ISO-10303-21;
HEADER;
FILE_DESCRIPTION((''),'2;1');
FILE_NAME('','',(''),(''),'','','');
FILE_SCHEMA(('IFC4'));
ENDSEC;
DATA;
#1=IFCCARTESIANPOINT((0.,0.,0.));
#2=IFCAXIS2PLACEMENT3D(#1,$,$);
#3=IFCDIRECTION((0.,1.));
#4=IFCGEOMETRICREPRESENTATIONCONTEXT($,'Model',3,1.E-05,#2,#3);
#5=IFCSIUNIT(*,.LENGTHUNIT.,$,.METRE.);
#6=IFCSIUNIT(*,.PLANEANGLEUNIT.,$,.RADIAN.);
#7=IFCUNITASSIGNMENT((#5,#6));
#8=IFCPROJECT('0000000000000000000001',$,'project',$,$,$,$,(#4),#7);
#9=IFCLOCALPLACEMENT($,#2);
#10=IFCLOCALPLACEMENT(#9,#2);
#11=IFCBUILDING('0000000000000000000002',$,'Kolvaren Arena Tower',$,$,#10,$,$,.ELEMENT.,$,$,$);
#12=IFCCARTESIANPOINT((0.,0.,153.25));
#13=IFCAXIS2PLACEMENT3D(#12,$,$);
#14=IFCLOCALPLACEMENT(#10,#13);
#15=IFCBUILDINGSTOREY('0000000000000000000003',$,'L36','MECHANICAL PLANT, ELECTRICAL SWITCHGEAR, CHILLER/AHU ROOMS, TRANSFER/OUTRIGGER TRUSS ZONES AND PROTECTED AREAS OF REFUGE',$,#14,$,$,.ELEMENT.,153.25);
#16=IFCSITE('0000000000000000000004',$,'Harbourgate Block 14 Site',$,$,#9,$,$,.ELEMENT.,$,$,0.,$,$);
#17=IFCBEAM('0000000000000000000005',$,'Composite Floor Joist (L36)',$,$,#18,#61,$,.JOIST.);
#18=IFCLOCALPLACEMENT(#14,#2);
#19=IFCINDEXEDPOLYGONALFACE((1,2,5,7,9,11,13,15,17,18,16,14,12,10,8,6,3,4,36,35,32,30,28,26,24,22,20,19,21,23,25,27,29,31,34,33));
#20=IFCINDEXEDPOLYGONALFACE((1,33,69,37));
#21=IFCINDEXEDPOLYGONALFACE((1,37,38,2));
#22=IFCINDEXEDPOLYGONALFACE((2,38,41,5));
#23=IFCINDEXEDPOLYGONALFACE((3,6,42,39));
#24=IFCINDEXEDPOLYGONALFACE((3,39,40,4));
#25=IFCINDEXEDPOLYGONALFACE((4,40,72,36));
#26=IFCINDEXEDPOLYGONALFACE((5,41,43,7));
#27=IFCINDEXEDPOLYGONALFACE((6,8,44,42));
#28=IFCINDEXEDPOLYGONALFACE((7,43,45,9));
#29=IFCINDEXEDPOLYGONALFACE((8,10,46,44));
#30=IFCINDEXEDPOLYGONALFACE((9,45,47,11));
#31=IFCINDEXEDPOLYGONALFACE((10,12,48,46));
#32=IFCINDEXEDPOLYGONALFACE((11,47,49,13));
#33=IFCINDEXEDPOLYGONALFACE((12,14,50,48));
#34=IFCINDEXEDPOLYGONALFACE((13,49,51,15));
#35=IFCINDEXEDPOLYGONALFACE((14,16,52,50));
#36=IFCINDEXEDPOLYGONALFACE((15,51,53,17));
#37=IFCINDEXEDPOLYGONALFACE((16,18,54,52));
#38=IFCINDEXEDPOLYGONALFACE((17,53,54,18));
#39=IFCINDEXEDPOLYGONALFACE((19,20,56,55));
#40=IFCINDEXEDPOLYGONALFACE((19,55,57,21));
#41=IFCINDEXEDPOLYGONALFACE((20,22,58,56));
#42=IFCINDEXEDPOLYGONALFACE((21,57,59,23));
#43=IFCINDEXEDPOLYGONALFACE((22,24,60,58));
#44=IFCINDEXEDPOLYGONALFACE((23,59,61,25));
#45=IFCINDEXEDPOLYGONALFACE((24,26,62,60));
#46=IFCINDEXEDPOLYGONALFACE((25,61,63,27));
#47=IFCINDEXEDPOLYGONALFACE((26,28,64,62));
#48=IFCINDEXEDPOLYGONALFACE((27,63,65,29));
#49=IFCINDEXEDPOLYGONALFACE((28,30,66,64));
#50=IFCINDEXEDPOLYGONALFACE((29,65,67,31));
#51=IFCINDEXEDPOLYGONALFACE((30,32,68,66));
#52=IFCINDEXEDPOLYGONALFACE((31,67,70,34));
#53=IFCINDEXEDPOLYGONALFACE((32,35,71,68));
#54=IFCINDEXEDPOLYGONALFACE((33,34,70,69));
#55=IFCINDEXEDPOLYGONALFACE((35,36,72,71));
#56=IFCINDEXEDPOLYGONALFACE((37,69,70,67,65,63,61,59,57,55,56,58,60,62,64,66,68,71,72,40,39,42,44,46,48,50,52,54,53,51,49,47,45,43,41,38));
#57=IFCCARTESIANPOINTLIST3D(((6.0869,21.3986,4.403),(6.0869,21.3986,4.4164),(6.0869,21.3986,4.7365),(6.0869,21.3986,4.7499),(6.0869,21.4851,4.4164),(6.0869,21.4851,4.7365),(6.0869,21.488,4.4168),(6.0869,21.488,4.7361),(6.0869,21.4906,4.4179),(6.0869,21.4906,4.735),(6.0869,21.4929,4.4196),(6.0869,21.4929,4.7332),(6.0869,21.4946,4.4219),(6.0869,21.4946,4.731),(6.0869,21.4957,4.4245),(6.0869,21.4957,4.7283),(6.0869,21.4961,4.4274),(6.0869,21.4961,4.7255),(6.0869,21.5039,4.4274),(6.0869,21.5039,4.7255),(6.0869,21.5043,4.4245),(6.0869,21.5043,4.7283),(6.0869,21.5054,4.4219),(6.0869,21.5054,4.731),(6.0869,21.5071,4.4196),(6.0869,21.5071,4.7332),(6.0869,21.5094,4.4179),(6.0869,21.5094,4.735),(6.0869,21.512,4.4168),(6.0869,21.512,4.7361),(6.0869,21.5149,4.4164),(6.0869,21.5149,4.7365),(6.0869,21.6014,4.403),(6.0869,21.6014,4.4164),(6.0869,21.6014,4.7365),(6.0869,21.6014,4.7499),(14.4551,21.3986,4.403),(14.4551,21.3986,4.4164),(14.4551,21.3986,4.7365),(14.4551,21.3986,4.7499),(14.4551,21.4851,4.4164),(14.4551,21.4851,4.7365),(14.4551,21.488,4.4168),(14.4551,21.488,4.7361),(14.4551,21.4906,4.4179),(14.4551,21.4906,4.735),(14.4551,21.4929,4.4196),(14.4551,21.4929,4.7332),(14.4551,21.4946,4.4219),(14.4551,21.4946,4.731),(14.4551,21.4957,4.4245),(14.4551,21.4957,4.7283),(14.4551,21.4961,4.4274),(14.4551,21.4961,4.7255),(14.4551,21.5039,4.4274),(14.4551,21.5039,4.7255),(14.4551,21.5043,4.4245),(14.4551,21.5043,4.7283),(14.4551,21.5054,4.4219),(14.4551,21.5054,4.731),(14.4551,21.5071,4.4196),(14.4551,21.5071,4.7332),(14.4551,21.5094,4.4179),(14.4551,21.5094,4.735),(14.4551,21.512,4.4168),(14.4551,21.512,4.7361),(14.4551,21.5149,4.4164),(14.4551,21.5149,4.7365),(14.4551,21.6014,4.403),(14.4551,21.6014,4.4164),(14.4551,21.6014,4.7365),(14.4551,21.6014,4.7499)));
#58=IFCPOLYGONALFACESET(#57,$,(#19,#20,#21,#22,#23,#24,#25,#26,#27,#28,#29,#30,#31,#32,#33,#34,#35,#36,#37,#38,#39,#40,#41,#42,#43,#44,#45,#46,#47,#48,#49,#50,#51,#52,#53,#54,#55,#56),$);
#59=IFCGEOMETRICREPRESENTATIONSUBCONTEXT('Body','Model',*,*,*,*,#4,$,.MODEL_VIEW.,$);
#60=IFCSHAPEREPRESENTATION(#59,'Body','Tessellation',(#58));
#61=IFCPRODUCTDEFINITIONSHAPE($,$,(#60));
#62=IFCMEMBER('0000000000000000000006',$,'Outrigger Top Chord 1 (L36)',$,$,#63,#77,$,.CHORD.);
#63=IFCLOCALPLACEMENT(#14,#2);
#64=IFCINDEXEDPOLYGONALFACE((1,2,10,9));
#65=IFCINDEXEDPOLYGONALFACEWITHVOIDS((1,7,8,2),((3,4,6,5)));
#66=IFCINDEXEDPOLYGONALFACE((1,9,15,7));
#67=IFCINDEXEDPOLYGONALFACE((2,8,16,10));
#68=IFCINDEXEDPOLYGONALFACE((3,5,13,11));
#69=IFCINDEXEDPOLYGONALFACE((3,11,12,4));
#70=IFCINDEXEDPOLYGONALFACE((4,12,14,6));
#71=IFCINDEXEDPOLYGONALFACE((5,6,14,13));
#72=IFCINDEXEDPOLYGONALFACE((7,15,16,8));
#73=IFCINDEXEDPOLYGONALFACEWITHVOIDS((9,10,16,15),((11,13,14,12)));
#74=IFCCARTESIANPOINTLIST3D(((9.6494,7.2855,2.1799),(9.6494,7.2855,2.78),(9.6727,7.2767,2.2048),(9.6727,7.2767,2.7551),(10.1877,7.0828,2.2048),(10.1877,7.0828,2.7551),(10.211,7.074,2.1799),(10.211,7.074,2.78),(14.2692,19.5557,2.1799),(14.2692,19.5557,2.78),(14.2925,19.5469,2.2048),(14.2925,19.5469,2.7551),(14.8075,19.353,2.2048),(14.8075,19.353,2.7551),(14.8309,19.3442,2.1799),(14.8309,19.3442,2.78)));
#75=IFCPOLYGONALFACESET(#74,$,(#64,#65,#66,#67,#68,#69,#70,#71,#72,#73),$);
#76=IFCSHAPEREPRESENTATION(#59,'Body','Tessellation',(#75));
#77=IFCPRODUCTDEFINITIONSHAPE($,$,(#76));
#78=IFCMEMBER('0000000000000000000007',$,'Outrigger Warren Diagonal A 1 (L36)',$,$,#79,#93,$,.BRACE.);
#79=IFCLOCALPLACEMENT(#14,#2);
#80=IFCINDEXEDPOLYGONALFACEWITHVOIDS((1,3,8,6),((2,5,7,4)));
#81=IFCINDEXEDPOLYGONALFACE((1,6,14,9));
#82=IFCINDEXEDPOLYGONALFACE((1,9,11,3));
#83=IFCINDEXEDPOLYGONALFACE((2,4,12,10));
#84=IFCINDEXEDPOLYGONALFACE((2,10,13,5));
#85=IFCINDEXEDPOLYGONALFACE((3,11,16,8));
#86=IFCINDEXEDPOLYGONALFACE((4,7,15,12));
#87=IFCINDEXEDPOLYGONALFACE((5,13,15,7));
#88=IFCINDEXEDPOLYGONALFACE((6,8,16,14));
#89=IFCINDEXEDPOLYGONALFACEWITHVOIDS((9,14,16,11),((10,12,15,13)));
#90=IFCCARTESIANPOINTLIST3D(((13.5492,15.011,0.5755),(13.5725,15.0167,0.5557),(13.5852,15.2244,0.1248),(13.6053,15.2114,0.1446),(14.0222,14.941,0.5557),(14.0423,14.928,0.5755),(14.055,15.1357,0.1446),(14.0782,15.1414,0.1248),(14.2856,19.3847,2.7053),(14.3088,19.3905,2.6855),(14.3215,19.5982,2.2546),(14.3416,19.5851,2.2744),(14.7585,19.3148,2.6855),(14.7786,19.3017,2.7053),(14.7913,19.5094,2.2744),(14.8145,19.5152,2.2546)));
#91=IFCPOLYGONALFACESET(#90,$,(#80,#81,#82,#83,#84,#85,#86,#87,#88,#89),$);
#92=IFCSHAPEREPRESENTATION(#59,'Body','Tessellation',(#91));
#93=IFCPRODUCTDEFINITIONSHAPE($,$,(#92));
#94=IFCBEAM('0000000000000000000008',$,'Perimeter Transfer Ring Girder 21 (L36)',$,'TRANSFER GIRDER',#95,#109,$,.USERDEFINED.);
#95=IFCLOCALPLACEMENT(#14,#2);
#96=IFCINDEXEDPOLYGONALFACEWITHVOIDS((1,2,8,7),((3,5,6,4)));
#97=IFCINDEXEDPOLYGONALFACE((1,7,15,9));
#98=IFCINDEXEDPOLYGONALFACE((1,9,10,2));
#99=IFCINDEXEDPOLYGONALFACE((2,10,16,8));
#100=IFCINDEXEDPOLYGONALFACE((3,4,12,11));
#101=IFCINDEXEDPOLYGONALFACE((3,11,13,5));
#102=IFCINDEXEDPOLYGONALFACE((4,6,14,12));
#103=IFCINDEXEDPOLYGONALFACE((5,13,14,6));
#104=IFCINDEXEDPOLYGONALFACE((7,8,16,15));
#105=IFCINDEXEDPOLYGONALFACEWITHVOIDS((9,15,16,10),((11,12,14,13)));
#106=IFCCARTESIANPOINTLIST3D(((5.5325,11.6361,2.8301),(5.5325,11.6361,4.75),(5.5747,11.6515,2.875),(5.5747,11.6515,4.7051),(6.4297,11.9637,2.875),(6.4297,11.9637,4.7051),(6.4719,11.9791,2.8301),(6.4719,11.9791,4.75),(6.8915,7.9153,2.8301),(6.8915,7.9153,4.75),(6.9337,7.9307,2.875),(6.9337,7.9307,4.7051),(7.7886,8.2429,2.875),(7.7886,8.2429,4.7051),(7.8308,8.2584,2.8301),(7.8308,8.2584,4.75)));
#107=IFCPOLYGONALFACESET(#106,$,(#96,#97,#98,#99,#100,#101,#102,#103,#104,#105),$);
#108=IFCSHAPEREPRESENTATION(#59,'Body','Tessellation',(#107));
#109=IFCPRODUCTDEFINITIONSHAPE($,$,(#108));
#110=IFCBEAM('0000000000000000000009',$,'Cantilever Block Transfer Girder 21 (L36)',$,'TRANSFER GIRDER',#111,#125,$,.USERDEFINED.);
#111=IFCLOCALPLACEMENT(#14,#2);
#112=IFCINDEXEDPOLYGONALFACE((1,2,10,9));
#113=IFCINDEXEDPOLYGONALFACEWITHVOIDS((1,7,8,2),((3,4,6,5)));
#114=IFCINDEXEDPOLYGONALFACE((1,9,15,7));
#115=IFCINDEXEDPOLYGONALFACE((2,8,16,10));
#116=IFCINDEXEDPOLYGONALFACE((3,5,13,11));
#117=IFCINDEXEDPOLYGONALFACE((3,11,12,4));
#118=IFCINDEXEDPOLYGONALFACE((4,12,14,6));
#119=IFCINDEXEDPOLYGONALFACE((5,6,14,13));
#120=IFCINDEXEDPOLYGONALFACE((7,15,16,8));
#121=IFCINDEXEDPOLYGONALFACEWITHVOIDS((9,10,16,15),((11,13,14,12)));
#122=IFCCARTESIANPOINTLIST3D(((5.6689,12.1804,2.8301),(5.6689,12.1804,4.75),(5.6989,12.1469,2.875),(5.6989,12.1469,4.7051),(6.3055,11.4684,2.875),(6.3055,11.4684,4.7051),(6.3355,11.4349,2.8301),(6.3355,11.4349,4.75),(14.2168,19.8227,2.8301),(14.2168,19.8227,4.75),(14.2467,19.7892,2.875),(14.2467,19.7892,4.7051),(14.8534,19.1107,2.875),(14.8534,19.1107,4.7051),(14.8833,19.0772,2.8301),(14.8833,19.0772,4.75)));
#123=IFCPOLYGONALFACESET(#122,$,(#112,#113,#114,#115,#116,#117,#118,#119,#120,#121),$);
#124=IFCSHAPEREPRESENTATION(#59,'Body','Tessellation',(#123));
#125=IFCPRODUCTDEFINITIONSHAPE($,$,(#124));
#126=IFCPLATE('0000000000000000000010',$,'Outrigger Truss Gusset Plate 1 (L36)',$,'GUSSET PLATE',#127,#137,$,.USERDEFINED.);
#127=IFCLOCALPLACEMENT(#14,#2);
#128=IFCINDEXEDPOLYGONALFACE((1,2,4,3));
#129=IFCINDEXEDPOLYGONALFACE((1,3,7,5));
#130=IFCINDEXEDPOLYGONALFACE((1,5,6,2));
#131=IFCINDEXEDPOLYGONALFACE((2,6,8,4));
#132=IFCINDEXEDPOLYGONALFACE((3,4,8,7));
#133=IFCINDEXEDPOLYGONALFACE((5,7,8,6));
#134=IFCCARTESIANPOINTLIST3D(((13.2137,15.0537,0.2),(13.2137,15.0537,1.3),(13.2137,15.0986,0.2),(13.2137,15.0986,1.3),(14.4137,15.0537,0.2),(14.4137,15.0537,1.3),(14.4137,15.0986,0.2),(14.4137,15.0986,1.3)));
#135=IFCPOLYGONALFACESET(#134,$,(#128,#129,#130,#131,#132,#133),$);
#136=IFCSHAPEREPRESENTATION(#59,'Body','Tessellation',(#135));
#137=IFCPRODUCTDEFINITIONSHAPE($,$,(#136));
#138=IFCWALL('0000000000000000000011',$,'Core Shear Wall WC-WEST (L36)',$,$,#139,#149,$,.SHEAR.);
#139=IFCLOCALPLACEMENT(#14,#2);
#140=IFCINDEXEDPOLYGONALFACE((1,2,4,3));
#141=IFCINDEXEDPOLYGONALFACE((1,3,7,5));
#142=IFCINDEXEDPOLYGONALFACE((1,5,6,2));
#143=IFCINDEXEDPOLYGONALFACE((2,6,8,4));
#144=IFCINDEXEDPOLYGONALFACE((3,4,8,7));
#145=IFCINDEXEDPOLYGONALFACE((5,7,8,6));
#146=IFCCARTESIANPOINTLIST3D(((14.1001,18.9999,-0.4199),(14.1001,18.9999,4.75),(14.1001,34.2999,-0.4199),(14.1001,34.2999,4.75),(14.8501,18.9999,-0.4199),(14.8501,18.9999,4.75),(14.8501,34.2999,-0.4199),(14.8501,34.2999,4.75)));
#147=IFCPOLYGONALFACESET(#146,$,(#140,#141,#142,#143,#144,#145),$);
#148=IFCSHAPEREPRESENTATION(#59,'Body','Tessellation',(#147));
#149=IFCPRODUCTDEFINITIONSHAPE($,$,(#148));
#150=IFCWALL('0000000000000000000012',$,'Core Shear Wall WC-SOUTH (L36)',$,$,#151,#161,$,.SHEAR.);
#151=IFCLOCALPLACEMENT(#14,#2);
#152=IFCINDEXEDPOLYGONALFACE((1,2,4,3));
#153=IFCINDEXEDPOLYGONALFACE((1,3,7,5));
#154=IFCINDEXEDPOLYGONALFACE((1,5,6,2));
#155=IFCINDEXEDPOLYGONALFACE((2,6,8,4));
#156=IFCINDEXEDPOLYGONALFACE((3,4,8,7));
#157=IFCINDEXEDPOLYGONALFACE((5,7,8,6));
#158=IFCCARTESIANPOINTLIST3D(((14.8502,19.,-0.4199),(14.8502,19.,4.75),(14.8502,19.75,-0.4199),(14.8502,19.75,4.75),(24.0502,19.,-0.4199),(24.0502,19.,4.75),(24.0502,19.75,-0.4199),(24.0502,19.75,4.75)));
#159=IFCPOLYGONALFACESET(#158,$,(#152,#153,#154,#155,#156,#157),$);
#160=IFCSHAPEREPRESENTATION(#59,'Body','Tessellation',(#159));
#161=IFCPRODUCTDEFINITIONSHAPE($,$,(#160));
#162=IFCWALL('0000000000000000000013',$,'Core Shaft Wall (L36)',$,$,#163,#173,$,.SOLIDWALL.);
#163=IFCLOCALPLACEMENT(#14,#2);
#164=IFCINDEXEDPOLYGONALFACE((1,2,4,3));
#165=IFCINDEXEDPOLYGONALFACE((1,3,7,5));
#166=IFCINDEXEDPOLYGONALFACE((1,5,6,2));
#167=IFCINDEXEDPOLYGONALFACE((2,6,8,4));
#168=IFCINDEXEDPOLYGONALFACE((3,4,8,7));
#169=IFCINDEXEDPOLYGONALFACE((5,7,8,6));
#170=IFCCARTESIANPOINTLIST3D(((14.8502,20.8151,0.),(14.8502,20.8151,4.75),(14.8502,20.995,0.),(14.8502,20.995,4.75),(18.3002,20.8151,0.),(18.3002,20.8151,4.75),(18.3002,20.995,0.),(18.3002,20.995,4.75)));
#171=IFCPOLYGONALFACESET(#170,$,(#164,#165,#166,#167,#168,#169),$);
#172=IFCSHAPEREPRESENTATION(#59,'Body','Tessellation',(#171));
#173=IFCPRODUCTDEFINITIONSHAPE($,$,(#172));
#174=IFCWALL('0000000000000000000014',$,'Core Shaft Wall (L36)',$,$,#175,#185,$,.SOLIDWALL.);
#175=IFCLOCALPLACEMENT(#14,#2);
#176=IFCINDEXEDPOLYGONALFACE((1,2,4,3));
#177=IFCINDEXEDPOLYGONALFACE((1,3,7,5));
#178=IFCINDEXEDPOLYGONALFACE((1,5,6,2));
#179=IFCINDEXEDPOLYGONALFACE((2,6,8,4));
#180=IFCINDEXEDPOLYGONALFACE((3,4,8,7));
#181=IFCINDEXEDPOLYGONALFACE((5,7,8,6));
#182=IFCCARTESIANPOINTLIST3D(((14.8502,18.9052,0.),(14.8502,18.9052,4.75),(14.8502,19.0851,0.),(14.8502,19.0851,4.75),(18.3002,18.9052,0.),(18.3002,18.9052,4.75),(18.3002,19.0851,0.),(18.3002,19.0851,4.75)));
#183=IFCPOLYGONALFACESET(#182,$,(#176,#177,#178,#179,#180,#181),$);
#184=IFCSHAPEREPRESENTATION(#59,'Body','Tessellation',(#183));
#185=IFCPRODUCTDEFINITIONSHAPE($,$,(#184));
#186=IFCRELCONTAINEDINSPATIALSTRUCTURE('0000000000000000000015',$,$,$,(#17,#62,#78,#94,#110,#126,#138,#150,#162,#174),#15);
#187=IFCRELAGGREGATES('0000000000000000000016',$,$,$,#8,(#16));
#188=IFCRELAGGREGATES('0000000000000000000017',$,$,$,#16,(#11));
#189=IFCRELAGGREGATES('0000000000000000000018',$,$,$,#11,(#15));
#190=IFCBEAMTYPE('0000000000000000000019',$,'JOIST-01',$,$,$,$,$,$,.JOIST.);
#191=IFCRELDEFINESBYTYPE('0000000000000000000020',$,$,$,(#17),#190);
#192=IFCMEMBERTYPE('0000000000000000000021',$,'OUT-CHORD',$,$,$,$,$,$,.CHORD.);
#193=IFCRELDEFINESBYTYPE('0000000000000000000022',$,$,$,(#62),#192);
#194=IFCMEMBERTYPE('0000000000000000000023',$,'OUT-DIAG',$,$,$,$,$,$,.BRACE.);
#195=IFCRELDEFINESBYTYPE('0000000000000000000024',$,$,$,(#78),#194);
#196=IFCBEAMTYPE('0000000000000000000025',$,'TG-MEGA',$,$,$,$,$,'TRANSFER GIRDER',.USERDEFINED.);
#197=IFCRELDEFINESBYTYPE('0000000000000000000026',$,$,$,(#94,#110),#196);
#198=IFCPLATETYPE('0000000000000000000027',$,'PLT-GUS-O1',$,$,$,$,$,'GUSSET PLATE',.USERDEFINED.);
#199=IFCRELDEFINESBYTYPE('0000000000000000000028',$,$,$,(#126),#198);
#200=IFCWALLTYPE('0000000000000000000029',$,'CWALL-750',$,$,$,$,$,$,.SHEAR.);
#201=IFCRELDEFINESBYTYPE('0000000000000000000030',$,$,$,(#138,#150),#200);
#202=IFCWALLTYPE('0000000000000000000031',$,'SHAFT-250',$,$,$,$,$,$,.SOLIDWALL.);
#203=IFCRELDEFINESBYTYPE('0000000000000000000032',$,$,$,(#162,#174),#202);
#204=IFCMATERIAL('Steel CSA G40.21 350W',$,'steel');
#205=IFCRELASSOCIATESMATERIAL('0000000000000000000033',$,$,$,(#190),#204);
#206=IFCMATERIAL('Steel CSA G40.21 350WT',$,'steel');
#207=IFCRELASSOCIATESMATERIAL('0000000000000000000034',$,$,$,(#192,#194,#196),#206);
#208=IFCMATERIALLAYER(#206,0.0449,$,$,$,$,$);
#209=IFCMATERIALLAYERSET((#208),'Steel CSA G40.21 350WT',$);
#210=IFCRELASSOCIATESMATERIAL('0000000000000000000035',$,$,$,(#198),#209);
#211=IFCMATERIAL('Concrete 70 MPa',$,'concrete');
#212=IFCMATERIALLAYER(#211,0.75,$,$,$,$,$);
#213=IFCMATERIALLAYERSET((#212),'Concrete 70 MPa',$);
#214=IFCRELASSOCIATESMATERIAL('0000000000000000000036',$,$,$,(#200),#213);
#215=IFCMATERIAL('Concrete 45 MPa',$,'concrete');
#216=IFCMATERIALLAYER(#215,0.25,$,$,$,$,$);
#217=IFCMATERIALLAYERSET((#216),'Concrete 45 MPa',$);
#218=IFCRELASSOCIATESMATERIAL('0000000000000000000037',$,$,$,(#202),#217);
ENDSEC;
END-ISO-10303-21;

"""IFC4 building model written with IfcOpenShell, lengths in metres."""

from ifc_helpers import new_model, si_unit, direction, frame, frame_2d, origin, origin_2d, place, context, subcontext, project, spatial, rectangle, hollow_rectangle, i_section, extrude, material, layer, layer_set, material_profile, profile_set, type_object, element, save


model = new_model("IFC4")

# Units and contexts
model_context = context("Model", 3, precision=1e-05, world=origin(), true_north=direction((0.0, 1.0)))
body_context = subcontext(model_context, "Body", "Model", "MODEL_VIEW")
ifc_project = project(units=[si_unit("LENGTHUNIT", "METRE"), si_unit("PLANEANGLEUNIT", "RADIAN")], contexts=[model_context])

# Site, building, storey
site_placement = place(None, origin())
site = spatial("IfcSite", under=ifc_project, at=site_placement, Name="Harbourgate Block 14 Site", CompositionType="ELEMENT", RefElevation=0.0)
building_placement = place(site_placement, origin())
building = spatial("IfcBuilding", under=site, at=building_placement, Name="Kolvaren Arena Tower", CompositionType="ELEMENT")
storey_placement = place(building_placement, frame((0.0, 0.0, 153.25)))
storey = spatial("IfcBuildingStorey", under=building, at=storey_placement, Name="L36", Description="MECHANICAL PLANT, ELECTRICAL SWITCHGEAR, CHILLER/AHU ROOMS, TRANSFER/OUTRIGGER TRUSS ZONES AND PROTECTED AREAS OF REFUGE", CompositionType="ELEMENT", Elevation=153.25)

# Shared definitions
ifc_material_1 = material(Name="Steel CSA G40.21 350WT", Category="steel")

# Beam
ifc_material_2 = material(Name="Steel CSA G40.21 350W", Category="steel")
ifc_material_profile_1 = material_profile(ifc_material_2, i_section(OverallWidth=0.2029, OverallDepth=0.3469, WebThickness=0.0078, FlangeThickness=0.0134, FilletRadius=0.011, at=origin_2d()), Name="W360x64")
ifc_profile_set_1 = profile_set([ifc_material_profile_1], Name="Steel CSA G40.21 350W")
beam_type_1 = type_object("IfcBeamType", Name="JOIST-01", PredefinedType="JOIST", material=ifc_profile_set_1)
beam_1_placement = place(storey_placement, frame((6.0869, 21.5, 4.5764), z_axis=(1.0, 0.0, 0.0), x_axis=(0.0, 1.0, 0.0)))
element("IfcBeam", 1, at=beam_1_placement, inside=storey, type_object=beam_type_1, Name="Composite Floor Joist (L36)", PredefinedType="JOIST", context=body_context, shape_type="SweptSolid", body=[
    extrude(i_section(OverallWidth=0.2029, OverallDepth=0.3469, WebThickness=0.0078, FlangeThickness=0.0134, FilletRadius=0.011, at=origin_2d()), origin(), (0.0, 0.0, 1.0), 8.3682),
])

# Members
ifc_material_profile_2 = material_profile(ifc_material_1, hollow_rectangle(XDim=0.6001, YDim=0.6001, WallThickness=0.0249, at=origin_2d()), Name="HSS 600x600x25")
ifc_profile_set_2 = profile_set([ifc_material_profile_2], Name="Steel CSA G40.21 350WT")
member_type_1 = type_object("IfcMemberType", Name="OUT-CHORD", PredefinedType="CHORD", material=ifc_profile_set_2)
member_1_placement = place(storey_placement, frame((14.55, 19.45, 2.48), z_axis=(-0.352362, -0.935864, 0.0), x_axis=(0.935864, -0.352362, 0.0)))
element("IfcMember", 2, at=member_1_placement, inside=storey, type_object=member_type_1, Name="Outrigger Top Chord 1 (L36)", PredefinedType="CHORD", context=body_context, shape_type="SweptSolid", body=[
    extrude(hollow_rectangle(XDim=0.6001, YDim=0.6001, WallThickness=0.0249, at=origin_2d()), origin(), (0.0, 0.0, 1.0), 13.1111),
])
ifc_material_profile_3 = material_profile(ifc_material_1, hollow_rectangle(XDim=0.5, YDim=0.5, WallThickness=0.022, at=origin_2d()), Name="HSS 500x500x22")
ifc_profile_set_3 = profile_set([ifc_material_profile_3], Name="Steel CSA G40.21 350WT")
member_type_2 = type_object("IfcMemberType", Name="OUT-DIAG", PredefinedType="BRACE", material=ifc_profile_set_3)
member_2_placement = place(storey_placement, frame((14.55, 19.45, 2.48), z_axis=(-0.149654, -0.888941, -0.432884), x_axis=(0.986123, -0.166014, 0.0)))
element("IfcMember", 3, at=member_2_placement, inside=storey, type_object=member_type_2, Name="Outrigger Warren Diagonal A 1 (L36)", PredefinedType="BRACE", context=body_context, shape_type="SweptSolid", body=[
    extrude(hollow_rectangle(XDim=0.5, YDim=0.5, WallThickness=0.022, at=origin_2d()), origin(), (0.0, 0.0, 1.0), 4.9202),
])

# Beams
ifc_material_profile_4 = material_profile(ifc_material_1, hollow_rectangle(XDim=1.0, YDim=1.9199, WallThickness=0.0449, at=origin_2d()), Name="BOX 1000x1920x45")
ifc_profile_set_4 = profile_set([ifc_material_profile_4], Name="Steel CSA G40.21 350WT")
beam_type_2 = type_object("IfcBeamType", Name="TG-MEGA", ElementType="TRANSFER GIRDER", PredefinedType="USERDEFINED", material=ifc_profile_set_4)
beam_2_placement = place(storey_placement, frame((6.0022, 11.8076, 3.79), z_axis=(0.343059, -0.939314, 0.0), x_axis=(0.939314, 0.343059, 0.0)))
element("IfcBeam", 4, at=beam_2_placement, inside=storey, type_object=beam_type_2, Name="Perimeter Transfer Ring Girder 21 (L36)", ObjectType="TRANSFER GIRDER", PredefinedType="USERDEFINED", context=body_context, shape_type="SweptSolid", body=[
    extrude(hollow_rectangle(XDim=1.0, YDim=1.9199, WallThickness=0.0449, at=origin_2d()), origin(), (0.0, 0.0, 1.0), 3.9612),
])
beam_3_placement = place(storey_placement, frame((6.0022, 11.8076, 3.79), z_axis=(0.74549, 0.666517, 0.0), x_axis=(-0.666517, 0.74549, 0.0)))
element("IfcBeam", 5, at=beam_3_placement, inside=storey, type_object=beam_type_2, Name="Cantilever Block Transfer Girder 21 (L36)", ObjectType="TRANSFER GIRDER", PredefinedType="USERDEFINED", context=body_context, shape_type="SweptSolid", body=[
    extrude(hollow_rectangle(XDim=1.0, YDim=1.9199, WallThickness=0.0449, at=origin_2d()), origin(), (0.0, 0.0, 1.0), 11.4661),
])

# Plate
ifc_layer_1 = layer(ifc_material_1, 0.0449)
ifc_layer_set_1 = layer_set([ifc_layer_1], Name="Steel CSA G40.21 350WT")
plate_type = type_object("IfcPlateType", Name="PLT-GUS-O1", ElementType="GUSSET PLATE", PredefinedType="USERDEFINED", material=ifc_layer_set_1)
plate_placement = place(storey_placement, frame((13.8137, 15.0762, 0.2), z_axis=(0.0, 0.0, 1.0), x_axis=(1.0, 0.0, 0.0)))
element("IfcPlate", 6, at=plate_placement, inside=storey, type_object=plate_type, Name="Outrigger Truss Gusset Plate 1 (L36)", ObjectType="GUSSET PLATE", PredefinedType="USERDEFINED", context=body_context, shape_type="SweptSolid", body=[
    extrude(rectangle(XDim=1.2, YDim=0.0449, at=origin_2d()), origin(), (0.0, 0.0, 1.0), 1.1001),
])

# Walls
ifc_material_3 = material(Name="Concrete 70 MPa", Category="concrete")
ifc_layer_2 = layer(ifc_material_3, 0.75)
ifc_layer_set_2 = layer_set([ifc_layer_2], Name="Concrete 70 MPa")
wall_type_1 = type_object("IfcWallType", Name="CWALL-750", PredefinedType="SHEAR", material=ifc_layer_set_2)
wall_1_placement = place(storey_placement, frame((14.4751, 19.0, -0.4199), z_axis=(0.0, 0.0, 1.0), x_axis=(0.0, 1.0, 0.0)))
element("IfcWall", 7, at=wall_1_placement, inside=storey, type_object=wall_type_1, Name="Core Shear Wall WC-WEST (L36)", PredefinedType="SHEAR", context=body_context, shape_type="SweptSolid", body=[
    extrude(rectangle(XDim=15.3, YDim=0.75, at=frame_2d((7.6499, 0.0))), origin(), (0.0, 0.0, 1.0), 5.1699),
])
wall_2_placement = place(storey_placement, frame((14.8501, 19.375, -0.4199), z_axis=(0.0, 0.0, 1.0), x_axis=(1.0, 0.0, 0.0)))
element("IfcWall", 8, at=wall_2_placement, inside=storey, type_object=wall_type_1, Name="Core Shear Wall WC-SOUTH (L36)", PredefinedType="SHEAR", context=body_context, shape_type="SweptSolid", body=[
    extrude(rectangle(XDim=9.2, YDim=0.75, at=frame_2d((4.6001, 0.0))), origin(), (0.0, 0.0, 1.0), 5.1699),
])
ifc_material_4 = material(Name="Concrete 45 MPa", Category="concrete")
ifc_layer_3 = layer(ifc_material_4, 0.25)
ifc_layer_set_3 = layer_set([ifc_layer_3], Name="Concrete 45 MPa")
wall_type_2 = type_object("IfcWallType", Name="SHAFT-250", PredefinedType="SOLIDWALL", material=ifc_layer_set_3)
for number, where, z_axis, x_axis, name in (
    (9, (14.8501, 20.905, 0.0), (0.0, 0.0, 1.0), (1.0, 0.0, 0.0), "Core Shaft Wall (L36)"),
    (10, (14.8501, 18.9951, 0.0), (0.0, 0.0, 1.0), (1.0, 0.0, 0.0), "Core Shaft Wall (L36)"),
):
    element("IfcWall", number, at=place(storey_placement, frame(where, z_axis=z_axis, x_axis=x_axis)), inside=storey, type_object=wall_type_2, Name=name, PredefinedType="SOLIDWALL", context=body_context, shape_type="SweptSolid", body=[
        extrude(rectangle(XDim=3.45, YDim=0.1799, at=frame_2d((1.7251, 0.0))), origin(), (0.0, 0.0, 1.0), 4.75),
    ])

save(model, "model.ifc")
